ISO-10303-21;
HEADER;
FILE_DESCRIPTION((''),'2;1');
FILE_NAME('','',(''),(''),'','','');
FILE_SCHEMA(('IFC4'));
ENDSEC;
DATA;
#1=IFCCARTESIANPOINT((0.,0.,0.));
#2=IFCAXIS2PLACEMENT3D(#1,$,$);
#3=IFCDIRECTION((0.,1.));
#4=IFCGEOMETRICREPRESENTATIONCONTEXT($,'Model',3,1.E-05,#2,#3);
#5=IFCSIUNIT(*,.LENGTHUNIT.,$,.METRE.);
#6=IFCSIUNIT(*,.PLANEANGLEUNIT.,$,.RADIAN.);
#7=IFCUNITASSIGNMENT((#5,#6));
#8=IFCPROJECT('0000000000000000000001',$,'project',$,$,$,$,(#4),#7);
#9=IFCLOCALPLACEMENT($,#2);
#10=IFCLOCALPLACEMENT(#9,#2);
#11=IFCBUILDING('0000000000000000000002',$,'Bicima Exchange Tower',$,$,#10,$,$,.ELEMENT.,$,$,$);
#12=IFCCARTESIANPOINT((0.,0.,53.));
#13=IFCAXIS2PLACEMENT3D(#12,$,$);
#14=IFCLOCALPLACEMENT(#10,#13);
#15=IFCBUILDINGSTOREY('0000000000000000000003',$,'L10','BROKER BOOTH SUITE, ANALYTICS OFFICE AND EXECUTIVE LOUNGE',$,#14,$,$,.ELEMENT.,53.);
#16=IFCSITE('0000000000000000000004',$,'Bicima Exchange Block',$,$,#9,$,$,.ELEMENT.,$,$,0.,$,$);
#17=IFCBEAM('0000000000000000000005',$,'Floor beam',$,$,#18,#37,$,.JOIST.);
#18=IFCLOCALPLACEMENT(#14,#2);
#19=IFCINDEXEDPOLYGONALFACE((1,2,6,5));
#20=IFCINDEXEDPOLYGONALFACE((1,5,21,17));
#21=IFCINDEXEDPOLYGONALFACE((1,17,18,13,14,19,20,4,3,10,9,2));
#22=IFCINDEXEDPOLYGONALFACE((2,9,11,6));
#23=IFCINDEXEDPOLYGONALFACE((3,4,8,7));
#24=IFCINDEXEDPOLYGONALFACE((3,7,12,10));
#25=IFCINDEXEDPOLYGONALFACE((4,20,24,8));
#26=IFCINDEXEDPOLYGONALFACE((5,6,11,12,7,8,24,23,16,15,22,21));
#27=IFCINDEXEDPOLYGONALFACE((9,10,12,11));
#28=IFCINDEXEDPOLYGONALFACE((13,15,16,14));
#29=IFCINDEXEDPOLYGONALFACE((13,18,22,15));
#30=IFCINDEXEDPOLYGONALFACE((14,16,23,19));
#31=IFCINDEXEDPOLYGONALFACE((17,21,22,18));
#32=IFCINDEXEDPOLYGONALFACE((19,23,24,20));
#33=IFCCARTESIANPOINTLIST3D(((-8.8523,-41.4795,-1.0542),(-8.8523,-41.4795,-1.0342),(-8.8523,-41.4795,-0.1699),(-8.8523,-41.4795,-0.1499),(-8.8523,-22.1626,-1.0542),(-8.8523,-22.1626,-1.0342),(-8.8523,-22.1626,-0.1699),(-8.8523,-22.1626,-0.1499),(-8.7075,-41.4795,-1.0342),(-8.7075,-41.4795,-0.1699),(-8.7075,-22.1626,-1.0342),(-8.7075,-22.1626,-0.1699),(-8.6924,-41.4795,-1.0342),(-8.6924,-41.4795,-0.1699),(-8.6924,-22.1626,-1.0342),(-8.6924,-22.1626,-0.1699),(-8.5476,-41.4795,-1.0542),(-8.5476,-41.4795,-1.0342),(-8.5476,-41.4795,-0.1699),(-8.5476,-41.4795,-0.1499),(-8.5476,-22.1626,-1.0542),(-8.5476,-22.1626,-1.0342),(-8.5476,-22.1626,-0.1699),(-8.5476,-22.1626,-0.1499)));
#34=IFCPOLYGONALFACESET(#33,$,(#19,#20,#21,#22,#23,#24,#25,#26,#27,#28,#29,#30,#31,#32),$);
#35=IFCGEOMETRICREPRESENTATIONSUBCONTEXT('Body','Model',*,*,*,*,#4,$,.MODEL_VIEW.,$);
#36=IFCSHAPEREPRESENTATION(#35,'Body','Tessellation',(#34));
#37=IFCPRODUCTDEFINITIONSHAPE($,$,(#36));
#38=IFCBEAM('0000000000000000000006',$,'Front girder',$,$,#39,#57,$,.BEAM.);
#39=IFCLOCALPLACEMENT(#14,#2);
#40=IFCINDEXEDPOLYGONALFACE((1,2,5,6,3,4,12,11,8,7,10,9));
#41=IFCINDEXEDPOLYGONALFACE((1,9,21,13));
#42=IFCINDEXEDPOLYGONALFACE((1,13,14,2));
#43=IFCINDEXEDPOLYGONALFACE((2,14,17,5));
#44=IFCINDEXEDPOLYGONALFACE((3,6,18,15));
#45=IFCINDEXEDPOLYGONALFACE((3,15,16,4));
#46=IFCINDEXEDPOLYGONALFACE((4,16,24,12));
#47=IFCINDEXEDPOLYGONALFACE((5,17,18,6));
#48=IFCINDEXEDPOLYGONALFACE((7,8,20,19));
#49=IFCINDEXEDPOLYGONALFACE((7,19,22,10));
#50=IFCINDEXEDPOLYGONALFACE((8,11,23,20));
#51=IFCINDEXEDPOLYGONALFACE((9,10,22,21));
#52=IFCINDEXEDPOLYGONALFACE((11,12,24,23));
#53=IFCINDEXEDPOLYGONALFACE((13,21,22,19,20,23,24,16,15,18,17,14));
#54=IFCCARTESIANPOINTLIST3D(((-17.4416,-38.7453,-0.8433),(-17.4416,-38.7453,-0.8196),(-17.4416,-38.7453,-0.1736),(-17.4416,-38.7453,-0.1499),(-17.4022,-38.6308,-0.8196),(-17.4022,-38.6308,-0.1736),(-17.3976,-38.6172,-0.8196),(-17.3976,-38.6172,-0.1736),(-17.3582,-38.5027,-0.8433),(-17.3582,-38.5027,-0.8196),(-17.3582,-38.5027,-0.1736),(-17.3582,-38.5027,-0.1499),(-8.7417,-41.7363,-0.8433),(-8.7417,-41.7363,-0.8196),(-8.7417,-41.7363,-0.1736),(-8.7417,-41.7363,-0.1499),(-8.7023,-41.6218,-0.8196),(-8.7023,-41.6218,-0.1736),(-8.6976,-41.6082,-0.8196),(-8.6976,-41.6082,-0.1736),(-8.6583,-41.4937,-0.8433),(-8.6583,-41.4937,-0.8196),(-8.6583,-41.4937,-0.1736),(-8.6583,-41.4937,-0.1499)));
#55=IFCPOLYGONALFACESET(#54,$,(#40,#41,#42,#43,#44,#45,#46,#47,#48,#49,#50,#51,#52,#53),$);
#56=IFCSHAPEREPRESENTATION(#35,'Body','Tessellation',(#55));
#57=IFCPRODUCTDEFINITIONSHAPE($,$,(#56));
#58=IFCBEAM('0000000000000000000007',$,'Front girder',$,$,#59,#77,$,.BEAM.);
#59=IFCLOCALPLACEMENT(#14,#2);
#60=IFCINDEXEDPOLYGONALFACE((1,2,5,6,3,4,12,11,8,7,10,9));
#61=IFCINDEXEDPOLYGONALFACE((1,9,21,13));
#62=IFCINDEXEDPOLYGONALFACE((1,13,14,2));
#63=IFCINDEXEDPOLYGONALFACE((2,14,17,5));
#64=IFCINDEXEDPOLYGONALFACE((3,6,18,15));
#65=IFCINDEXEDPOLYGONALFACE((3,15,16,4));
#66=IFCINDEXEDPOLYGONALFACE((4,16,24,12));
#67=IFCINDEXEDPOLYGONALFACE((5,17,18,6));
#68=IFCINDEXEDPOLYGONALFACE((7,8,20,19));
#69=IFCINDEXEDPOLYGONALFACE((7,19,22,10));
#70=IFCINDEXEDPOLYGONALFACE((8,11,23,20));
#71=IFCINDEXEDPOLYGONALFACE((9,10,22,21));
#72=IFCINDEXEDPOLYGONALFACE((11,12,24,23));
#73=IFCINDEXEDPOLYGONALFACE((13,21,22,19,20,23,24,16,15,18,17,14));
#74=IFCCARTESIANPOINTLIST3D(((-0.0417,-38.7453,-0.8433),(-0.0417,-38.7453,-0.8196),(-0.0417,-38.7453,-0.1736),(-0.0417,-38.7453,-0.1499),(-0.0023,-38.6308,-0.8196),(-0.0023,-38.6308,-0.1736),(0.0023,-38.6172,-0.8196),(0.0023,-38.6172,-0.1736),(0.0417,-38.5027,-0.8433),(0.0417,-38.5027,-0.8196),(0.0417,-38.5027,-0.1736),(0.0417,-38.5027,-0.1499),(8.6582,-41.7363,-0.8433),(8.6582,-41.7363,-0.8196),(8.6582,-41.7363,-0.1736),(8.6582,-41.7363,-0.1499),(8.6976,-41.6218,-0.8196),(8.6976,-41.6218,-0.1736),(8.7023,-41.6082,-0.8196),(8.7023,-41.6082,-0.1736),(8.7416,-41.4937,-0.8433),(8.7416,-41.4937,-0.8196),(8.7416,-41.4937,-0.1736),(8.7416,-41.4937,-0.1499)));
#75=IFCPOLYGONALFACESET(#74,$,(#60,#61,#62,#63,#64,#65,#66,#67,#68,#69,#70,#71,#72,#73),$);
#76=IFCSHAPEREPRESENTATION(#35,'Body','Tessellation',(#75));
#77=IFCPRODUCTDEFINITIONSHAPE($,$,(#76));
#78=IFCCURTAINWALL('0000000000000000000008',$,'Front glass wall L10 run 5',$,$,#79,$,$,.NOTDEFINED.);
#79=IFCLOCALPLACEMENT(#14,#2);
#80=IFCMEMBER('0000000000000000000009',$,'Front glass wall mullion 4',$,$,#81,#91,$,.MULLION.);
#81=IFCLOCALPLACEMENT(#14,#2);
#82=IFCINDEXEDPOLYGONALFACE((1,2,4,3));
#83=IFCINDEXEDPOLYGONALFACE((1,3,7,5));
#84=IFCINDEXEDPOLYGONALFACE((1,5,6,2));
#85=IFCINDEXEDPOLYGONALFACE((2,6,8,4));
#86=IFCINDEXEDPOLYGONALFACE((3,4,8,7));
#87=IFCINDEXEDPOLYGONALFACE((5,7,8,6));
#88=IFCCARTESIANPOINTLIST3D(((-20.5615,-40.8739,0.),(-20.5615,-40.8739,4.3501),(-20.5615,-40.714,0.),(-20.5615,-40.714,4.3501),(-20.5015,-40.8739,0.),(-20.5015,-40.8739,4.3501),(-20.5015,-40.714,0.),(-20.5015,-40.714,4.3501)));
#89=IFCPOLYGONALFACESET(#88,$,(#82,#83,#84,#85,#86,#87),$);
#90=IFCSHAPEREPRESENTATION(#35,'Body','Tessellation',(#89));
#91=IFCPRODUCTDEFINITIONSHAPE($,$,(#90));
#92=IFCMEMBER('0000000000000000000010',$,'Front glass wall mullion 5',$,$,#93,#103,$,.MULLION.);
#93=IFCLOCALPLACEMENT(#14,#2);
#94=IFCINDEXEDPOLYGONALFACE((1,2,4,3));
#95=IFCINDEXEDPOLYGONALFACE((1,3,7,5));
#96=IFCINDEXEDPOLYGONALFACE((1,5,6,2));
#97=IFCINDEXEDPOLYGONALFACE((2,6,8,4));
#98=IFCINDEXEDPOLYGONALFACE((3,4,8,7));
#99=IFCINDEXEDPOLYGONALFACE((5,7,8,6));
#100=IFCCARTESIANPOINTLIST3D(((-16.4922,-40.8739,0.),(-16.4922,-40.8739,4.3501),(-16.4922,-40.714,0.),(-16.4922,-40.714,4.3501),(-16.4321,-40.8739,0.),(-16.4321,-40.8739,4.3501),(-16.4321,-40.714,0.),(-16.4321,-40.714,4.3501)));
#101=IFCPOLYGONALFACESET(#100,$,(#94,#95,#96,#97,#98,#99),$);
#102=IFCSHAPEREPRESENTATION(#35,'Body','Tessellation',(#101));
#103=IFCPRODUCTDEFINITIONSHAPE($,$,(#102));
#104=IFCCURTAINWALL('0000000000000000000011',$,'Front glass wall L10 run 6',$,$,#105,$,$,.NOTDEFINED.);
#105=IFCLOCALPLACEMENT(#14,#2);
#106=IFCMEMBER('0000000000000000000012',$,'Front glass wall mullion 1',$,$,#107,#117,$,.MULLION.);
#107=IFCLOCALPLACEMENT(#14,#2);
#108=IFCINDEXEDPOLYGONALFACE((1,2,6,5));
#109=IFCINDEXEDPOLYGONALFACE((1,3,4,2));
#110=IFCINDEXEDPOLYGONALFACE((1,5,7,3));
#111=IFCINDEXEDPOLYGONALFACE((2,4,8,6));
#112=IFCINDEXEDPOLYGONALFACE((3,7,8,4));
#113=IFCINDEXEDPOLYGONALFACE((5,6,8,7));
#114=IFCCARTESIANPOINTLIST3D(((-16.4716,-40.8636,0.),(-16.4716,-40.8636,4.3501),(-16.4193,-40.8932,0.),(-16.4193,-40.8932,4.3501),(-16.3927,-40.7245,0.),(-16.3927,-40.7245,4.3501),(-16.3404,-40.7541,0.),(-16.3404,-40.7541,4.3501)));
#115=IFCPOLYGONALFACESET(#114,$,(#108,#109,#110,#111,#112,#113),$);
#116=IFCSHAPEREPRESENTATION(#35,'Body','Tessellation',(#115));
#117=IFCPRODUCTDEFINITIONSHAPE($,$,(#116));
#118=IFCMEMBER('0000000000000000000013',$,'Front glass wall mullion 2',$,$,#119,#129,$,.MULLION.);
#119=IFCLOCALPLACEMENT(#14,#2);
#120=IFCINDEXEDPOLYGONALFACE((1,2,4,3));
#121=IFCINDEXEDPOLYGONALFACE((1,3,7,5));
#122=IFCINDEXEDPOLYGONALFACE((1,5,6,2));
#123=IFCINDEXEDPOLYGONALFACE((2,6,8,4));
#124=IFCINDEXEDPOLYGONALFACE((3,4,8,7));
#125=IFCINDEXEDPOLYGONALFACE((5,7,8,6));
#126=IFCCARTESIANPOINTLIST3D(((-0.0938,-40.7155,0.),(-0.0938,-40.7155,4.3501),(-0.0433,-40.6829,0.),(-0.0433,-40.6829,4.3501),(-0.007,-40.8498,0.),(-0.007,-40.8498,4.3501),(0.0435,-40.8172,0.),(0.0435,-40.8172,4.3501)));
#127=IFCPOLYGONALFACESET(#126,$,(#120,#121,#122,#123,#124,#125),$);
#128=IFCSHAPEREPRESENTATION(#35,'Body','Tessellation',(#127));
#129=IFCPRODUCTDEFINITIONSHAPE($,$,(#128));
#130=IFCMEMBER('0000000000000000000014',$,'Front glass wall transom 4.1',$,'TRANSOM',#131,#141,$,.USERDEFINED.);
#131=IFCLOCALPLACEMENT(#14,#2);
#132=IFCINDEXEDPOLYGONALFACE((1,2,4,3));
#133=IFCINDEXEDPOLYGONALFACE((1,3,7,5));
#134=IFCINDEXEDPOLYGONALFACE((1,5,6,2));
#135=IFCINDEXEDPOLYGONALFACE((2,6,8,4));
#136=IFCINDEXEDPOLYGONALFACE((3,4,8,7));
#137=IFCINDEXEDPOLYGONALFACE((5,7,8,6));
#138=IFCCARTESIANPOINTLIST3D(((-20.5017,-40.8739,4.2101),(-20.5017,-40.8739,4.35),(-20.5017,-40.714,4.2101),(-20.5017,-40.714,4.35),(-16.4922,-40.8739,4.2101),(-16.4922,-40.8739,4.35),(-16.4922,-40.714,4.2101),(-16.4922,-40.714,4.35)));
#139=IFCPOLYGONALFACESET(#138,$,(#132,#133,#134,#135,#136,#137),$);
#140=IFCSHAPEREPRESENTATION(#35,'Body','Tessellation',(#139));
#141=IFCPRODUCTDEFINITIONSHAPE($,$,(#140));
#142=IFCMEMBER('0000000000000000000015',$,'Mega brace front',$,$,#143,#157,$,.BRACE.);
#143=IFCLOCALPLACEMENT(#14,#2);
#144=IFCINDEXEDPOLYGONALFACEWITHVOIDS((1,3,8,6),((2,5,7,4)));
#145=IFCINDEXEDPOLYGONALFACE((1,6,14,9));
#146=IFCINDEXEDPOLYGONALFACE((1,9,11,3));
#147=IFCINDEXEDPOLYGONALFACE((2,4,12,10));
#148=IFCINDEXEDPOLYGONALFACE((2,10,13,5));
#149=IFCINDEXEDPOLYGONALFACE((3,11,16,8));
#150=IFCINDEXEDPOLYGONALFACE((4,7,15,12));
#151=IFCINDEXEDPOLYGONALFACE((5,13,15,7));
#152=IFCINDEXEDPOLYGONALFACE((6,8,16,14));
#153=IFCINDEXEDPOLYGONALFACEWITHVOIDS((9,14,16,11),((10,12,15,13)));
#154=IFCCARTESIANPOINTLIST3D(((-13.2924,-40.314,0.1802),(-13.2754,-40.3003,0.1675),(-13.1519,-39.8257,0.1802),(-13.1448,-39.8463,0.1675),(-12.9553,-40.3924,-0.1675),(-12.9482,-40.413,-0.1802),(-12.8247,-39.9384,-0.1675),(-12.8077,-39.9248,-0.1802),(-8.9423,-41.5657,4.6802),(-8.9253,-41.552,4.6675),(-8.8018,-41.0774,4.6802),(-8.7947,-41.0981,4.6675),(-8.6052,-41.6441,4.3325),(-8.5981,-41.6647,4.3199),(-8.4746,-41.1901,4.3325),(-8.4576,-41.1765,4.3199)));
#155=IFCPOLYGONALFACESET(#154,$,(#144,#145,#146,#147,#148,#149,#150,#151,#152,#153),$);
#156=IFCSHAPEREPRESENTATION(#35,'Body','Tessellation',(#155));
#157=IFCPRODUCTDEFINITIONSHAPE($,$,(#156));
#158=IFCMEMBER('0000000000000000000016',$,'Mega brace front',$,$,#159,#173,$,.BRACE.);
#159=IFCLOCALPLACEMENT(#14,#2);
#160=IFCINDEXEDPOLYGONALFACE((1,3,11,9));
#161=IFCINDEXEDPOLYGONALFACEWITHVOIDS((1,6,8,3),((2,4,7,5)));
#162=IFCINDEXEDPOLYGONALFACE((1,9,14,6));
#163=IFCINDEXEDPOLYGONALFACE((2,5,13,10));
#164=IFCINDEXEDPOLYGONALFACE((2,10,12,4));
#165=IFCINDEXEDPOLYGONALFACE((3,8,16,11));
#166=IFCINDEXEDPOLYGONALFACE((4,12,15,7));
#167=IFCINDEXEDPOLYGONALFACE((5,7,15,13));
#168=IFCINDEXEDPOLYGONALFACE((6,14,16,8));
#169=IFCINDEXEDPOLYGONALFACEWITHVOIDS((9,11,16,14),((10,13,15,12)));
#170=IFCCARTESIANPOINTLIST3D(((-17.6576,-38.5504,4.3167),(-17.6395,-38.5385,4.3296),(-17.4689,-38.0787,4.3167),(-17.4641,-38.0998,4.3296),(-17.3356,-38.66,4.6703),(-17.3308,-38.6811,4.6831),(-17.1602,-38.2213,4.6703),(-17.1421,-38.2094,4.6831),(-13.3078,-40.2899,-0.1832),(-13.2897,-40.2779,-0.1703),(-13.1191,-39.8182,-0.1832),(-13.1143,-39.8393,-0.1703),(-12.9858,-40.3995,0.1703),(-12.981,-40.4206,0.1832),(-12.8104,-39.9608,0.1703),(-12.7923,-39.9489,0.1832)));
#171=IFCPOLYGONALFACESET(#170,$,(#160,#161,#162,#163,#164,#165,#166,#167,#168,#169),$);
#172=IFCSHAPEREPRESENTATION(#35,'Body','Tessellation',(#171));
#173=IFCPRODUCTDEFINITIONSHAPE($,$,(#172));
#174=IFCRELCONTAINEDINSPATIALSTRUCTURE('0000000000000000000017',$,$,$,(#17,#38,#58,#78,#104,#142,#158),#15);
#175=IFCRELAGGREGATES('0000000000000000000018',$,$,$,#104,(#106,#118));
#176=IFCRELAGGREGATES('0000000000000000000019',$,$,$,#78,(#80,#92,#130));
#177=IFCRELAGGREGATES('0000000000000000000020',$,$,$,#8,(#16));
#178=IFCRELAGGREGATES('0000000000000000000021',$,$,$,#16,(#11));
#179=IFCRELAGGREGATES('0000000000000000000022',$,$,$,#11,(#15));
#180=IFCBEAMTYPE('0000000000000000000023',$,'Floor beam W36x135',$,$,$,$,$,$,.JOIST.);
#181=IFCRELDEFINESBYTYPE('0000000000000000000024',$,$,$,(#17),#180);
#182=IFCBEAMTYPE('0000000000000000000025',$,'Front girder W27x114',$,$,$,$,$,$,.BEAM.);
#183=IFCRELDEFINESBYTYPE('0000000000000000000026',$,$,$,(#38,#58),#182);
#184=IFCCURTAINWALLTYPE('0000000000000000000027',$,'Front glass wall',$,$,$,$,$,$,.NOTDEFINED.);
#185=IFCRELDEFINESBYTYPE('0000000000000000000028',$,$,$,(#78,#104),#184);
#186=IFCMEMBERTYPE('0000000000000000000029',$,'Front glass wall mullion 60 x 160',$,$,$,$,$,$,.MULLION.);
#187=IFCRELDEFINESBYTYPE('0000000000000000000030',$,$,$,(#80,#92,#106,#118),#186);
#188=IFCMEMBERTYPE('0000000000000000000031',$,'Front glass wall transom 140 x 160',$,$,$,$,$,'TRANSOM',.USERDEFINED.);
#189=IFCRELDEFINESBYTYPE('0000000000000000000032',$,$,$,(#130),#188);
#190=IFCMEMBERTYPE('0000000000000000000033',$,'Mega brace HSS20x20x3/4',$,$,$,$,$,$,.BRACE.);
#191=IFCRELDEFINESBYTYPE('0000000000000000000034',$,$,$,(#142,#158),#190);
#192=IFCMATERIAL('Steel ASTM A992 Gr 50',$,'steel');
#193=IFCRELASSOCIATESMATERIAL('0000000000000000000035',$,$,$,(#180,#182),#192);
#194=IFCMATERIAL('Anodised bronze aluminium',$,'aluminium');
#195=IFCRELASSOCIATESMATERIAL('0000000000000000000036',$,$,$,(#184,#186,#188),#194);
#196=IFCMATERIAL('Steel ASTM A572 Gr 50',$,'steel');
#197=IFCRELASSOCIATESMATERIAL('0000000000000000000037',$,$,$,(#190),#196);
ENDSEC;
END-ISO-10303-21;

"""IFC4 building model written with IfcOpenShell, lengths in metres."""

from ifc_helpers import new_model, si_unit, direction, frame, origin, origin_2d, place, context, subcontext, project, spatial, rectangle, hollow_rectangle, i_section, extrude, material, material_profile, profile_set, type_object, element, aggregate, save


model = new_model("IFC4")

# Units and contexts
model_context = context("Model", 3, precision=1e-05, world=origin(), true_north=direction((0.0, 1.0)))
body_context = subcontext(model_context, "Body", "Model", "MODEL_VIEW")
ifc_project = project(units=[si_unit("LENGTHUNIT", "METRE"), si_unit("PLANEANGLEUNIT", "RADIAN")], contexts=[model_context])

# Site, building, storey
site_placement = place(None, origin())
site = spatial("IfcSite", under=ifc_project, at=site_placement, Name="Bicima Exchange Block", CompositionType="ELEMENT", RefElevation=0.0)
building_placement = place(site_placement, origin())
building = spatial("IfcBuilding", under=site, at=building_placement, Name="Bicima Exchange Tower", CompositionType="ELEMENT")
storey_placement = place(building_placement, frame((0.0, 0.0, 53.0)))
storey = spatial("IfcBuildingStorey", under=building, at=storey_placement, Name="L10", Description="BROKER BOOTH SUITE, ANALYTICS OFFICE AND EXECUTIVE LOUNGE", CompositionType="ELEMENT", Elevation=53.0)

# Shared definitions
ifc_material_1 = material(Name="Steel ASTM A992 Gr 50", Category="steel")

# Beams
ifc_material_profile_1 = material_profile(ifc_material_1, i_section(OverallWidth=0.3047, OverallDepth=0.9043, WebThickness=0.0151, FlangeThickness=0.02, at=origin_2d()))
ifc_profile_set_1 = profile_set([ifc_material_profile_1], Name="Steel ASTM A992 Gr 50")
beam_type_1 = type_object("IfcBeamType", Name="Floor beam W36x135", PredefinedType="JOIST", material=ifc_profile_set_1)
beam_placement = place(storey_placement, frame((-8.7, -22.1626, -0.6021), z_axis=(0.0, -1.0, 0.0), x_axis=(1.0, 0.0, 0.0)))
element("IfcBeam", 1, at=beam_placement, inside=storey, type_object=beam_type_1, Name="Floor beam", PredefinedType="JOIST", context=body_context, shape_type="SweptSolid", body=[
    extrude(i_section(OverallWidth=0.3047, OverallDepth=0.9043, WebThickness=0.0151, FlangeThickness=0.02, at=origin_2d()), origin(), (0.0, 0.0, 1.0), 19.3169),
])
ifc_material_profile_2 = material_profile(ifc_material_1, i_section(OverallWidth=0.2566, OverallDepth=0.6934, WebThickness=0.0144, FlangeThickness=0.0237, at=origin_2d()))
ifc_profile_set_2 = profile_set([ifc_material_profile_2], Name="Steel ASTM A992 Gr 50")
beam_type_2 = type_object("IfcBeamType", Name="Front girder W27x114", PredefinedType="BEAM", material=ifc_profile_set_2)
for number, where, z_axis, x_axis, name in (
    (2, (-17.3999, -38.624, -0.4966), (0.945675, -0.325115, 0.0), (0.325115, 0.945675, 0.0), "Front girder"),
    (3, (0.0, -38.624, -0.4966), (0.945675, -0.325115, 0.0), (0.325115, 0.945675, 0.0), "Front girder"),
):
    element("IfcBeam", number, at=place(storey_placement, frame(where, z_axis=z_axis, x_axis=x_axis)), inside=storey, type_object=beam_type_2, Name=name, PredefinedType="BEAM", context=body_context, shape_type="SweptSolid", body=[
        extrude(i_section(OverallWidth=0.2566, OverallDepth=0.6934, WebThickness=0.0144, FlangeThickness=0.0237, at=origin_2d()), origin(), (0.0, 0.0, 1.0), 9.1997),
    ])

# Curtain walls, members
ifc_material_2 = material(Name="Anodised bronze aluminium", Category="aluminium")
curtain_wall_type = type_object("IfcCurtainWallType", Name="Front glass wall", PredefinedType="NOTDEFINED", material=ifc_material_2)
curtain_wall_1_placement = place(storey_placement, origin())
curtain_wall_1 = element("IfcCurtainWall", 4, at=curtain_wall_1_placement, inside=storey, type_object=curtain_wall_type, Name="Front glass wall L10 run 5", PredefinedType="NOTDEFINED")
ifc_material_profile_3 = material_profile(ifc_material_2, rectangle(XDim=0.1599, YDim=0.0601, at=origin_2d()))
ifc_profile_set_3 = profile_set([ifc_material_profile_3], Name="Anodised bronze aluminium")
member_type_1 = type_object("IfcMemberType", Name="Front glass wall mullion 60 x 160", PredefinedType="MULLION", material=ifc_profile_set_3)
member_1_placement = place(storey_placement, frame((-20.5315, -40.7939, 0.0), z_axis=(0.0, 0.0, 1.0), x_axis=(0.0, 1.0, 0.0)))
member_1 = element("IfcMember", 5, at=member_1_placement, type_object=member_type_1, Name="Front glass wall mullion 4", PredefinedType="MULLION", context=body_context, shape_type="SweptSolid", body=[
    extrude(rectangle(XDim=0.1599, YDim=0.0601, at=origin_2d()), origin(), (0.0, 0.0, 1.0), 4.3501),
])
member_2_placement = place(storey_placement, frame((-16.4622, -40.7939, 0.0), z_axis=(0.0, 0.0, 1.0), x_axis=(0.0, 1.0, 0.0)))
member_2 = element("IfcMember", 6, at=member_2_placement, type_object=member_type_1, Name="Front glass wall mullion 5", PredefinedType="MULLION", context=body_context, shape_type="SweptSolid", body=[
    extrude(rectangle(XDim=0.1599, YDim=0.0601, at=origin_2d()), origin(), (0.0, 0.0, 1.0), 4.3501),
])
curtain_wall_2_placement = place(storey_placement, origin())
curtain_wall_2 = element("IfcCurtainWall", 7, at=curtain_wall_2_placement, inside=storey, type_object=curtain_wall_type, Name="Front glass wall L10 run 6", PredefinedType="NOTDEFINED")
member_3_placement = place(storey_placement, frame((-16.406, -40.8088, 0.0), z_axis=(0.0, 0.0, 1.0), x_axis=(0.493395, 0.869805, 0.0)))
member_3 = element("IfcMember", 8, at=member_3_placement, type_object=member_type_1, Name="Front glass wall mullion 1", PredefinedType="MULLION", context=body_context, shape_type="SweptSolid", body=[
    extrude(rectangle(XDim=0.1599, YDim=0.0601, at=origin_2d()), origin(), (0.0, 0.0, 1.0), 4.3501),
])
member_4_placement = place(storey_placement, frame((-0.0251, -40.7664, 0.0), z_axis=(0.0, 0.0, 1.0), x_axis=(-0.542897, 0.839799, 0.0)))
member_4 = element("IfcMember", 9, at=member_4_placement, type_object=member_type_1, Name="Front glass wall mullion 2", PredefinedType="MULLION", context=body_context, shape_type="SweptSolid", body=[
    extrude(rectangle(XDim=0.1599, YDim=0.0601, at=origin_2d()), origin(), (0.0, 0.0, 1.0), 4.3501),
])
aggregate(curtain_wall_2, [member_3, member_4])

# Member
ifc_material_profile_4 = material_profile(ifc_material_2, rectangle(XDim=0.1599, YDim=0.1399, at=origin_2d()))
ifc_profile_set_4 = profile_set([ifc_material_profile_4], Name="Anodised bronze aluminium")
member_type_2 = type_object("IfcMemberType", Name="Front glass wall transom 140 x 160", ElementType="TRANSOM", PredefinedType="USERDEFINED", material=ifc_profile_set_4)
member_5_placement = place(storey_placement, frame((-20.5017, -40.7939, 4.28), z_axis=(1.0, 0.0, 0.0), x_axis=(0.0, 1.0, 0.0)))
member_5 = element("IfcMember", 10, at=member_5_placement, type_object=member_type_2, Name="Front glass wall transom 4.1", ObjectType="TRANSOM", PredefinedType="USERDEFINED", context=body_context, shape_type="SweptSolid", body=[
    extrude(rectangle(XDim=0.1599, YDim=0.1399, at=origin_2d()), origin(), (0.0, 0.0, 1.0), 4.0095),
])

# Members
ifc_material_3 = material(Name="Steel ASTM A572 Gr 50", Category="steel")
ifc_material_profile_5 = material_profile(ifc_material_3, hollow_rectangle(XDim=0.5081, YDim=0.5081, WallThickness=0.0178, at=origin_2d()))
ifc_profile_set_5 = profile_set([ifc_material_profile_5], Name="Steel ASTM A572 Gr 50")
member_type_3 = type_object("IfcMemberType", Name="Mega brace HSS20x20x3/4", PredefinedType="BRACE", material=ifc_profile_set_5)
member_6_placement = place(storey_placement, frame((-13.05, -40.1194, 0.0), z_axis=(0.681534, -0.196107, 0.70502), x_axis=(0.276523, 0.961007, 0.0)))
element("IfcMember", 11, at=member_6_placement, inside=storey, type_object=member_type_3, Name="Mega brace front", PredefinedType="BRACE", context=body_context, shape_type="SweptSolid", body=[
    extrude(hollow_rectangle(XDim=0.5081, YDim=0.5081, WallThickness=0.0178, at=origin_2d()), origin(), (0.0, 0.0, 1.0), 6.3828),
])
member_7_placement = place(storey_placement, frame((-13.05, -40.1194, 0.0), z_axis=(-0.669628, 0.267783, 0.692742), x_axis=(-0.37131, -0.928509, 0.0)))
element("IfcMember", 12, at=member_7_placement, inside=storey, type_object=member_type_3, Name="Mega brace front", PredefinedType="BRACE", context=body_context, shape_type="SweptSolid", body=[
    extrude(hollow_rectangle(XDim=0.5081, YDim=0.5081, WallThickness=0.0178, at=origin_2d()), origin(), (0.0, 0.0, 1.0), 6.4958),
])

aggregate(curtain_wall_1, [member_1, member_2, member_5])

save(model, "model.ifc")
